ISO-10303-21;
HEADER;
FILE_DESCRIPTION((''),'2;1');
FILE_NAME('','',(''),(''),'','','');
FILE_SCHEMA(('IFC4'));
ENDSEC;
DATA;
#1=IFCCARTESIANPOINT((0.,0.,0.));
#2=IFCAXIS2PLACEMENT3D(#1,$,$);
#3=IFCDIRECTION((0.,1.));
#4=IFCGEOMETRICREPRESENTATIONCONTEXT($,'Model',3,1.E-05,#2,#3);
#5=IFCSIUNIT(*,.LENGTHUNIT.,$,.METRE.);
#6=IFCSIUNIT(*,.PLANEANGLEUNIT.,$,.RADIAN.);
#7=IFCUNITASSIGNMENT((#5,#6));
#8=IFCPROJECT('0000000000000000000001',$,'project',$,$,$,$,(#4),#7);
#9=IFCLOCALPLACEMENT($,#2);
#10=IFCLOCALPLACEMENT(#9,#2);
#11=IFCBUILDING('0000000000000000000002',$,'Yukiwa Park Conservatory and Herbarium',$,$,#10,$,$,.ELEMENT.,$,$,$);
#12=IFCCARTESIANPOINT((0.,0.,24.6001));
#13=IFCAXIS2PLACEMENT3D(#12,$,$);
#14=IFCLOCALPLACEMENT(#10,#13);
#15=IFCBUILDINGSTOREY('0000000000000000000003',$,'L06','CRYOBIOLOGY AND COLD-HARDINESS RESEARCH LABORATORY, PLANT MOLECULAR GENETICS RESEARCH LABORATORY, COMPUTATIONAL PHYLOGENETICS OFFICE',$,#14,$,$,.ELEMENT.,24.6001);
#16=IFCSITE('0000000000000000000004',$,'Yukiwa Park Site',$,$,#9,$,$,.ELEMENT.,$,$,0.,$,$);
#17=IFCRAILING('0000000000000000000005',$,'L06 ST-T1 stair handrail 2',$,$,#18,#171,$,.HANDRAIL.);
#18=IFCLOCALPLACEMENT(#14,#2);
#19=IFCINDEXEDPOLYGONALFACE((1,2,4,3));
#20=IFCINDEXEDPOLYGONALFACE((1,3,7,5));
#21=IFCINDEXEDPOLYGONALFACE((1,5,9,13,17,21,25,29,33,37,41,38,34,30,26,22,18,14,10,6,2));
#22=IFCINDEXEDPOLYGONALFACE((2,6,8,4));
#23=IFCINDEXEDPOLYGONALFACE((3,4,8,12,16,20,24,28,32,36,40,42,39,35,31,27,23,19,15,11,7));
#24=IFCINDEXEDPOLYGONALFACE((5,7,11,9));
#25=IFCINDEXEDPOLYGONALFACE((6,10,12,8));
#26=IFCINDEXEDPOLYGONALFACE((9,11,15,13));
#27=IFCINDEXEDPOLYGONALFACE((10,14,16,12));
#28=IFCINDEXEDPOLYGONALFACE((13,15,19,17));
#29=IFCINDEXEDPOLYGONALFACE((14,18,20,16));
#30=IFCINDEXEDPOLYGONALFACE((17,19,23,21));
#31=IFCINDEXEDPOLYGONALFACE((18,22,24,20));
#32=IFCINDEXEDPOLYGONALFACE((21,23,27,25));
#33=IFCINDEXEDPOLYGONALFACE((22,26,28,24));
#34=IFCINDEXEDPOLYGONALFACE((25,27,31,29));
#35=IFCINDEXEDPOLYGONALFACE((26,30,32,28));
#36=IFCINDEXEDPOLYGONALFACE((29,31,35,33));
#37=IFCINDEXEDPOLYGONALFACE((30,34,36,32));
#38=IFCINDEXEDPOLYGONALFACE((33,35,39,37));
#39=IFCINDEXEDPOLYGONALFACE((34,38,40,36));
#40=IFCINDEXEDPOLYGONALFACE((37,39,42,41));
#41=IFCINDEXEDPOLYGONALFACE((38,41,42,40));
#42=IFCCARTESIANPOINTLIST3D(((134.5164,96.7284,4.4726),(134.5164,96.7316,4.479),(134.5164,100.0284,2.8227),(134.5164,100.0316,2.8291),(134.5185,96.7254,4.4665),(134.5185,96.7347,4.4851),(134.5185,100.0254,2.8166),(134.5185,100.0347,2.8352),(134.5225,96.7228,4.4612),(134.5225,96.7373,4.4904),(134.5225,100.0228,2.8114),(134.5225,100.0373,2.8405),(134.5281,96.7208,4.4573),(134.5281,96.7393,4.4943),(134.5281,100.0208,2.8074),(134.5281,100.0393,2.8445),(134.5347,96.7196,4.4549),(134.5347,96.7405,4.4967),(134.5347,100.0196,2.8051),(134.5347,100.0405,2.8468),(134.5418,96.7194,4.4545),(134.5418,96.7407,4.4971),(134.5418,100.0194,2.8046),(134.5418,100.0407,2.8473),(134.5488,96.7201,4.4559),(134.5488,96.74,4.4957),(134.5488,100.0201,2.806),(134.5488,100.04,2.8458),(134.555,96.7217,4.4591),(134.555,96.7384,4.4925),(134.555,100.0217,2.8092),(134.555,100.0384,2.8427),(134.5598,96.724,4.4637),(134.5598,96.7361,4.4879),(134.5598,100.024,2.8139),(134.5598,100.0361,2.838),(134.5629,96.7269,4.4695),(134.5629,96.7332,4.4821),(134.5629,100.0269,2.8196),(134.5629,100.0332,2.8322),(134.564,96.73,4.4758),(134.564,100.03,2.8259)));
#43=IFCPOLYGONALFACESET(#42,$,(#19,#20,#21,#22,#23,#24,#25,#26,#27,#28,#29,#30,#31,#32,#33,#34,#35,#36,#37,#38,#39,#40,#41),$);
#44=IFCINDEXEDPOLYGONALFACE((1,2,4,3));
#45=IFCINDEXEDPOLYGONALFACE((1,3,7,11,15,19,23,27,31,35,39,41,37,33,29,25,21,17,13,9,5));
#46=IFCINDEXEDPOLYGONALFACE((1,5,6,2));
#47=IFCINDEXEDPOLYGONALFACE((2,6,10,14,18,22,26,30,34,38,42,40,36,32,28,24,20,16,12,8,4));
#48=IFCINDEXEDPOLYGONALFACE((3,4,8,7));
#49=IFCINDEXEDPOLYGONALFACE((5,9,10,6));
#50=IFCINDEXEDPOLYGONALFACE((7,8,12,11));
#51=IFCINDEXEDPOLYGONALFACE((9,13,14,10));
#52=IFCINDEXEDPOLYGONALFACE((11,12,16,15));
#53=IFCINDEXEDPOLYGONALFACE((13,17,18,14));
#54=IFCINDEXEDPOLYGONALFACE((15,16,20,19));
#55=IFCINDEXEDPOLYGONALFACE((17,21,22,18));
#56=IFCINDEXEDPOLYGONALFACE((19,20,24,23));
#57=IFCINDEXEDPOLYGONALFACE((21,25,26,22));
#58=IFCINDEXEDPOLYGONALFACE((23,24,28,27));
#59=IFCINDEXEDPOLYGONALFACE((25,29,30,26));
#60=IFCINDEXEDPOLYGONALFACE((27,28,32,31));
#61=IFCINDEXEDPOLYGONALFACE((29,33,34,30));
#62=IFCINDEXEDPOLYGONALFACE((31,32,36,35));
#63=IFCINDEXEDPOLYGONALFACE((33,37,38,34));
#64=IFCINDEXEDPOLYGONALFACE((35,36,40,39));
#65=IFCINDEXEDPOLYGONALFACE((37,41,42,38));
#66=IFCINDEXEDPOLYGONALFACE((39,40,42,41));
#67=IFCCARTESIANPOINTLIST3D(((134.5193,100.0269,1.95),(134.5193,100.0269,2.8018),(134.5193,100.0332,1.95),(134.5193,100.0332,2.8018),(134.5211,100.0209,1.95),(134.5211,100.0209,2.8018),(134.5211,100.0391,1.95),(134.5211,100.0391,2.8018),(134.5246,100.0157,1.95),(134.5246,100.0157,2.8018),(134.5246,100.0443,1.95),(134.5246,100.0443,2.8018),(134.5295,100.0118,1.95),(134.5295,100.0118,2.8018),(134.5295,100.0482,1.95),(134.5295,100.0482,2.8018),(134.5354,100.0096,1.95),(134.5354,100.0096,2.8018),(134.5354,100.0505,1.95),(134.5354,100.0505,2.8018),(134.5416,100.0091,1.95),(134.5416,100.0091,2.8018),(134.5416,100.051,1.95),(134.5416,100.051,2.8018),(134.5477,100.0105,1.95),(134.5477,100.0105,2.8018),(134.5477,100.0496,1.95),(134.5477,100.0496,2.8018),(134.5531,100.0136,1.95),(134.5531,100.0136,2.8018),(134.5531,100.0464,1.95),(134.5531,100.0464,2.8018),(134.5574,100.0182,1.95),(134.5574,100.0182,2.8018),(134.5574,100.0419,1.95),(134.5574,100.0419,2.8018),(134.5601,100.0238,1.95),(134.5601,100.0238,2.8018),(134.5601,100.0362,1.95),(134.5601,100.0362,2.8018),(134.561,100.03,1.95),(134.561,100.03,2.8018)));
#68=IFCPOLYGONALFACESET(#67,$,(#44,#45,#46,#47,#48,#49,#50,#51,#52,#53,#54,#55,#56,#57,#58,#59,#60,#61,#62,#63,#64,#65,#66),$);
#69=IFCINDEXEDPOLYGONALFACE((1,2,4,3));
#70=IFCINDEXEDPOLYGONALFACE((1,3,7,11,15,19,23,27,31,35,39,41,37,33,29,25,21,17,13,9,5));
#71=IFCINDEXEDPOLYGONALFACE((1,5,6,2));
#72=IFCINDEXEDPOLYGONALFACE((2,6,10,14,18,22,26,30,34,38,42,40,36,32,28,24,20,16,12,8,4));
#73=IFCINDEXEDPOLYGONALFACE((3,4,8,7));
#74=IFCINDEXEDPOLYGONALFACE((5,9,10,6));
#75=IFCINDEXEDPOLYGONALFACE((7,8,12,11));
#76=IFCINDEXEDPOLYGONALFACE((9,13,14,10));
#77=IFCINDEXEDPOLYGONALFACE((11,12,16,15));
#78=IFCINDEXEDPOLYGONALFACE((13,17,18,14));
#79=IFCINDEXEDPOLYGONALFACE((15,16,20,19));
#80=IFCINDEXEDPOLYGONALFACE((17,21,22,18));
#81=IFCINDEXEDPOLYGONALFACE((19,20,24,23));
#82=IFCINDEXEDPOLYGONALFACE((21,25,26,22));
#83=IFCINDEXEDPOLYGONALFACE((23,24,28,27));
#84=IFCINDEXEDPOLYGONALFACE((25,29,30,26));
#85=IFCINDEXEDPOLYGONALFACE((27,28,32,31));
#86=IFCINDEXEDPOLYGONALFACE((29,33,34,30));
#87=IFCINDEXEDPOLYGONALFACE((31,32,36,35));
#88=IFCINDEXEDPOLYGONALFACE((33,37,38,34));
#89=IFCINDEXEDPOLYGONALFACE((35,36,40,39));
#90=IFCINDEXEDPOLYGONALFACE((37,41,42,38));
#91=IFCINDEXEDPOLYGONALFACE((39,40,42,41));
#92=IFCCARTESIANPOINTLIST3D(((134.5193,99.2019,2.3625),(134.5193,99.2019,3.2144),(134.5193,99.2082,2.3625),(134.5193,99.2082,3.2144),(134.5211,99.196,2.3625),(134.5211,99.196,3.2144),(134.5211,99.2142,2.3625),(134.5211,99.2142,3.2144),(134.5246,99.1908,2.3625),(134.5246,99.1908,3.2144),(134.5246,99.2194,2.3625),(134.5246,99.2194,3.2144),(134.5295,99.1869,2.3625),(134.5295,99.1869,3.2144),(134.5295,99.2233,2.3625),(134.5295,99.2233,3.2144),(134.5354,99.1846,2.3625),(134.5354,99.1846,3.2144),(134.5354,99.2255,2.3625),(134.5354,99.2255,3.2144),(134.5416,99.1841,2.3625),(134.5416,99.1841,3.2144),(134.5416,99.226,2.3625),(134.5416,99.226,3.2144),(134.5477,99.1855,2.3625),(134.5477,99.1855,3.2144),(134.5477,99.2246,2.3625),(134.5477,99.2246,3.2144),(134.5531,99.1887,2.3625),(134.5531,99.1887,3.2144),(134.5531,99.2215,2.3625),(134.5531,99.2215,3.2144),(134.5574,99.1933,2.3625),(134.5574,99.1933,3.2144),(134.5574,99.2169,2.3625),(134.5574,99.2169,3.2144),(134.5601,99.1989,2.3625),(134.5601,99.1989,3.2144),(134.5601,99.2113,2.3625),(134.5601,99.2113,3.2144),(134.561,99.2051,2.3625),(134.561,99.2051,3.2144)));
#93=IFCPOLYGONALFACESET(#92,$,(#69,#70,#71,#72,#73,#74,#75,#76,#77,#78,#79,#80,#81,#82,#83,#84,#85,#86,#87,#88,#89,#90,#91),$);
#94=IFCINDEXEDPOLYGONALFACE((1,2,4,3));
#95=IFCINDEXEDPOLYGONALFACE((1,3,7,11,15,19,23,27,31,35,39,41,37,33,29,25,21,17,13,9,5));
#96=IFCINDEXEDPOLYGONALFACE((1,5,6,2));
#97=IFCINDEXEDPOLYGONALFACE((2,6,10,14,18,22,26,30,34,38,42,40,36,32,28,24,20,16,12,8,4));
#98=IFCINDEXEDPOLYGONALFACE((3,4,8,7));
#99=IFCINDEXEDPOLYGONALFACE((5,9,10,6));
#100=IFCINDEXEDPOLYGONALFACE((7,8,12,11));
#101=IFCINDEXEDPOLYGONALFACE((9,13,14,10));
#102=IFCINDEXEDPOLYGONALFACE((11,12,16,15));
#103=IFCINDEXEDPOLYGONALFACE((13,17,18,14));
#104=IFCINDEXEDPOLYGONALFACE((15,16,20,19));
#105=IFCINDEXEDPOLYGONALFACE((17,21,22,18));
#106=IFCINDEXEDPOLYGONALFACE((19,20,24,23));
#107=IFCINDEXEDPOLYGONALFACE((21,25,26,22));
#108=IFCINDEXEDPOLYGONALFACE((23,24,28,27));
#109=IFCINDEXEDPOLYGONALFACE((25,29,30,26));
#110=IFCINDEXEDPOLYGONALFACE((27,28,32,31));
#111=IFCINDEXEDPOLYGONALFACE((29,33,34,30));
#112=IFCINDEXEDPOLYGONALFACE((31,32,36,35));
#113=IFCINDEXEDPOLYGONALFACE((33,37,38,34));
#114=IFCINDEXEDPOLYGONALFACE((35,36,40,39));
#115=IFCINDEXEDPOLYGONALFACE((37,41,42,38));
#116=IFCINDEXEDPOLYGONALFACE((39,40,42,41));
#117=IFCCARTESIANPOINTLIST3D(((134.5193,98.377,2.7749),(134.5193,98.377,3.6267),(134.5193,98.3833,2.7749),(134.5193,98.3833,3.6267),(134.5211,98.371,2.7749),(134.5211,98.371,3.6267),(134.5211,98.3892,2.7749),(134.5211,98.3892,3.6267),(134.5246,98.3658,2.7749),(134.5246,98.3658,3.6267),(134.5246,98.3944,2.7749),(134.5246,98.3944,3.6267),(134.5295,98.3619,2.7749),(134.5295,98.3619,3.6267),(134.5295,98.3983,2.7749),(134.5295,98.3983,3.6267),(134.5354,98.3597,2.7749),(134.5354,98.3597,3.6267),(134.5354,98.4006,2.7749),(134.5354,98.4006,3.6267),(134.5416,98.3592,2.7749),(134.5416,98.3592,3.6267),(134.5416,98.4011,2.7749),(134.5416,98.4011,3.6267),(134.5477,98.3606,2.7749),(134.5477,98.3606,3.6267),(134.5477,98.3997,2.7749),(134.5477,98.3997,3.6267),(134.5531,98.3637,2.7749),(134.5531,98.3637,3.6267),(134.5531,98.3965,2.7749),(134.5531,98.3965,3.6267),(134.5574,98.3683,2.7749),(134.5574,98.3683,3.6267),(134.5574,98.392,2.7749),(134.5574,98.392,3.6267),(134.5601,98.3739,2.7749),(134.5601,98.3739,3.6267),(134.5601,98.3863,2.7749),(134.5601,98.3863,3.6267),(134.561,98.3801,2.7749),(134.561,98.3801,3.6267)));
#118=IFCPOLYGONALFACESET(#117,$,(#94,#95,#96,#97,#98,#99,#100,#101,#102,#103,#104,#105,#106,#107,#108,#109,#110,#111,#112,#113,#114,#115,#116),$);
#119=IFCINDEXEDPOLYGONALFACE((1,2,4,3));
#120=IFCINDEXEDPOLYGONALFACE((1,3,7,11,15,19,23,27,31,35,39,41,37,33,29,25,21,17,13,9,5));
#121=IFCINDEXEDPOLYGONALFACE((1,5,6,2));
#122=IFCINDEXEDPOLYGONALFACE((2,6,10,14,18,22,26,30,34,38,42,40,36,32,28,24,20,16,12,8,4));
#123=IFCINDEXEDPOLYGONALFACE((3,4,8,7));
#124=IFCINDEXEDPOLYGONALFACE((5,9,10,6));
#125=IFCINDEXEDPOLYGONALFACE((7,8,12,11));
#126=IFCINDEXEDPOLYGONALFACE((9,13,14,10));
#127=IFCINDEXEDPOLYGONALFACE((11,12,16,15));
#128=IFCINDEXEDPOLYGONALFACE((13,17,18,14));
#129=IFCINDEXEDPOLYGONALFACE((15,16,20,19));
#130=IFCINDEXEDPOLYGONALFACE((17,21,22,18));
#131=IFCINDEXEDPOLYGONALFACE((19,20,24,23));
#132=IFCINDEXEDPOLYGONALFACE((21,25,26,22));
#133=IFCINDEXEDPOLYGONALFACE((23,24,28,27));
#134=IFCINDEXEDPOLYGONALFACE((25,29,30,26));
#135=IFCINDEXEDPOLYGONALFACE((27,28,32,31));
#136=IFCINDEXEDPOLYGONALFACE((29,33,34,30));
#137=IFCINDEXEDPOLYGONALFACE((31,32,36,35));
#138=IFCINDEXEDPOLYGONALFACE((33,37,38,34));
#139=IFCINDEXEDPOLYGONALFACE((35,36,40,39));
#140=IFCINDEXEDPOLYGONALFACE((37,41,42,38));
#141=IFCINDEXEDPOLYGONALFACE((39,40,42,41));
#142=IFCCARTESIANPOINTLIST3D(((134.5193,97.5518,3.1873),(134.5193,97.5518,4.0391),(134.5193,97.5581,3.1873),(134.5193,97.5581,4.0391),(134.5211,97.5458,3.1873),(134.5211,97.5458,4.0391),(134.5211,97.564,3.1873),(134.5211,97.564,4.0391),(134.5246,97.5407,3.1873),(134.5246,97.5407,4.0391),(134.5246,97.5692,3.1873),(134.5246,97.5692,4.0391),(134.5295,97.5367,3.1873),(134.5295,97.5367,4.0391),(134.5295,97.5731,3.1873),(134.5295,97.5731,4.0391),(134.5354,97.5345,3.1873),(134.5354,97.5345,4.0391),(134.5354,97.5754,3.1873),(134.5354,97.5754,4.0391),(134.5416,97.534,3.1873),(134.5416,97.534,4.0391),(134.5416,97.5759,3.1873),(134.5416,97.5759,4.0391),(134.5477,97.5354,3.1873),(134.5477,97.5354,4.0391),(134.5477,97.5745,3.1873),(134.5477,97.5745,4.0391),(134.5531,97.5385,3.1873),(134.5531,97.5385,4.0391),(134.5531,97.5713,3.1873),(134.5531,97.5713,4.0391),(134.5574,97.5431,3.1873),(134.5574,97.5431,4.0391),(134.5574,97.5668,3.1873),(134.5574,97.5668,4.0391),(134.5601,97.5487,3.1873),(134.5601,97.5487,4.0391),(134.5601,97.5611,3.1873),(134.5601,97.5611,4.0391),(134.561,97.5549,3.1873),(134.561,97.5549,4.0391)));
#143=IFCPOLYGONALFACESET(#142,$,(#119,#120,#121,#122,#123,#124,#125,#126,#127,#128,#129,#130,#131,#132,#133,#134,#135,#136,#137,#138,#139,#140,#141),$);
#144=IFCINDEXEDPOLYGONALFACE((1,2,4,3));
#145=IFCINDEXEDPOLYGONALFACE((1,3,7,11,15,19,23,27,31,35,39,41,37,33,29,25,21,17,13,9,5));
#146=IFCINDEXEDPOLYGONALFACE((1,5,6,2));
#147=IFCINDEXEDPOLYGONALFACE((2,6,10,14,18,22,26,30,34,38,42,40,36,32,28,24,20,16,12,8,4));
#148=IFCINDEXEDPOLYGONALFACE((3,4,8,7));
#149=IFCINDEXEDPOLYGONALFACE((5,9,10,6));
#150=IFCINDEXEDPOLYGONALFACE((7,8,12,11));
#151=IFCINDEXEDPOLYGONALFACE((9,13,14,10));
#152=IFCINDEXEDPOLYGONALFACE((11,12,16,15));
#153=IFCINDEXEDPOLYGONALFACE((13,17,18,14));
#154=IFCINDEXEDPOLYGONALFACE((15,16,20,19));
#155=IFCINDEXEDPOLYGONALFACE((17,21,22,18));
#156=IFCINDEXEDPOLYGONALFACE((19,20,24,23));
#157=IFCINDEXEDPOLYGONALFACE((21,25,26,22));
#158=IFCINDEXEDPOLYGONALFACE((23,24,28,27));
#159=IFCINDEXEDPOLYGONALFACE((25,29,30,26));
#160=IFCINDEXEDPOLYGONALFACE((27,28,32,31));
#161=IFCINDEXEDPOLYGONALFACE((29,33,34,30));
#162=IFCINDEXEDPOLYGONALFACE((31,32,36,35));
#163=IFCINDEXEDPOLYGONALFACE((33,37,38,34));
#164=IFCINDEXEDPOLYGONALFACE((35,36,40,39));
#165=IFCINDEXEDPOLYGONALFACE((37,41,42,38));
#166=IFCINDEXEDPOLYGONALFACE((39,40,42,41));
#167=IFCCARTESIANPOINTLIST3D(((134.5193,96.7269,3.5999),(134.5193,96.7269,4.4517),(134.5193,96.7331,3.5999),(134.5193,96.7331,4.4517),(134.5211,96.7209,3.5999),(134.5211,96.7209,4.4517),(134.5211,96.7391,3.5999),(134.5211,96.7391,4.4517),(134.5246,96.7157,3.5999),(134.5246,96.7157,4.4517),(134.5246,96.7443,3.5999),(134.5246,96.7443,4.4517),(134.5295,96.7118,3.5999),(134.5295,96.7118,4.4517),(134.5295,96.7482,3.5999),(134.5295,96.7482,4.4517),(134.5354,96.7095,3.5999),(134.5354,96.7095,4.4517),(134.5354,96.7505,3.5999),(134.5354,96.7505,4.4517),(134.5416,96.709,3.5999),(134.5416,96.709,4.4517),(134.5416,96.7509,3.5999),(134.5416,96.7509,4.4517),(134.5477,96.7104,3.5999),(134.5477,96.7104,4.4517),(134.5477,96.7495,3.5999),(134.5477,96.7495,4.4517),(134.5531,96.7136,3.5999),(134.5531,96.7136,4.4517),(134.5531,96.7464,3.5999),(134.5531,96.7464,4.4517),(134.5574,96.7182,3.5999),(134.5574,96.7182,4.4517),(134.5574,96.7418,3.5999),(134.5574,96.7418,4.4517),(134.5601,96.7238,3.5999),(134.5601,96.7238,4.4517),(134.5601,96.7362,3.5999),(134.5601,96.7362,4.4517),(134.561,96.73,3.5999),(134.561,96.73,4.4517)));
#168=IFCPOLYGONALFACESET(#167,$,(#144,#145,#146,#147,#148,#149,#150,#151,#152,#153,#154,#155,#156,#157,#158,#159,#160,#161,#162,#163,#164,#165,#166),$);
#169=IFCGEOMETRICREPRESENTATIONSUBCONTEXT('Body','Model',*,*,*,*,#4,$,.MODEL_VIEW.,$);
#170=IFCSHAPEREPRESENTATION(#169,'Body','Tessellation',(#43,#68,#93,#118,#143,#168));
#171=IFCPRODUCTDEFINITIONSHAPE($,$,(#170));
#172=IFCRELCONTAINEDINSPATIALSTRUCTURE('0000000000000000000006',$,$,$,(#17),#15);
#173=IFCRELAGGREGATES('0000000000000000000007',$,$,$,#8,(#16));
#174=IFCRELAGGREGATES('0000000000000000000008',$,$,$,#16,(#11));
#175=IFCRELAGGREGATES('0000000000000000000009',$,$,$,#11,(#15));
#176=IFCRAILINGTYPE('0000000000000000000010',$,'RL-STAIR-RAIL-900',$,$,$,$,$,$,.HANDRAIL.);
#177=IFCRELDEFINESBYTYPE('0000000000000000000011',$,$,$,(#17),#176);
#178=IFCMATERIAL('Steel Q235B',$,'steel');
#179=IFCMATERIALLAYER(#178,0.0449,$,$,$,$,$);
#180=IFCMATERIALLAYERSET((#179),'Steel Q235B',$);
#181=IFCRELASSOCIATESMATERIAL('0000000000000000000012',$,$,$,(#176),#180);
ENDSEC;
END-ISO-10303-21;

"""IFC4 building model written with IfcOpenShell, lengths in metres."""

from ifc_helpers import new_model, si_unit, direction, frame, origin, origin_2d, place, context, subcontext, project, spatial, circle, extrude, material, layer, layer_set, type_object, element, save


model = new_model("IFC4")

# Units and contexts
model_context = context("Model", 3, precision=1e-05, world=origin(), true_north=direction((0.0, 1.0)))
body_context = subcontext(model_context, "Body", "Model", "MODEL_VIEW")
ifc_project = project(units=[si_unit("LENGTHUNIT", "METRE"), si_unit("PLANEANGLEUNIT", "RADIAN")], contexts=[model_context])

# Site, building, storey
site_placement = place(None, origin())
site = spatial("IfcSite", under=ifc_project, at=site_placement, Name="Yukiwa Park Site", CompositionType="ELEMENT", RefElevation=0.0)
building_placement = place(site_placement, origin())
building = spatial("IfcBuilding", under=site, at=building_placement, Name="Yukiwa Park Conservatory and Herbarium", CompositionType="ELEMENT")
storey_placement = place(building_placement, frame((0.0, 0.0, 24.6001)))
storey = spatial("IfcBuildingStorey", under=building, at=storey_placement, Name="L06", Description="CRYOBIOLOGY AND COLD-HARDINESS RESEARCH LABORATORY, PLANT MOLECULAR GENETICS RESEARCH LABORATORY, COMPUTATIONAL PHYLOGENETICS OFFICE", CompositionType="ELEMENT", Elevation=24.6001)

# Railing
ifc_material_1 = material(Name="Steel Q235B", Category="steel")
ifc_layer_1 = layer(ifc_material_1, 0.0449)
ifc_layer_set_1 = layer_set([ifc_layer_1], Name="Steel Q235B")
railing_type_1 = type_object("IfcRailingType", Name="RL-STAIR-RAIL-900", PredefinedType="HANDRAIL", material=ifc_layer_set_1)
railing_1_placement = place(storey_placement, frame((134.54, 100.03, 1.95)))
element("IfcRailing", 1, at=railing_1_placement, inside=storey, type_object=railing_type_1, Name="L06 ST-T1 stair handrail 2", PredefinedType="HANDRAIL", context=body_context, shape_type="SweptSolid", body=[
    extrude(circle(Radius=0.0239, at=origin_2d()), frame((0.0, 0.0, 0.876), z_axis=(0.0, -0.89444, 0.447187), x_axis=(1.0, 0.0, 0.0)), (0.0, 0.0, 1.0), 3.6895),
    extrude(circle(Radius=0.021, at=origin_2d()), origin(), (0.0, 0.0, 1.0), 0.8518),
    extrude(circle(Radius=0.021, at=origin_2d()), frame((0.0, -0.825, 0.4126)), (0.0, 0.0, 1.0), 0.8518),
    extrude(circle(Radius=0.021, at=origin_2d()), frame((0.0, -1.6499, 0.825)), (0.0, 0.0, 1.0), 0.8518),
    extrude(circle(Radius=0.021, at=origin_2d()), frame((0.0, -2.4751, 1.2373)), (0.0, 0.0, 1.0), 0.8518),
    extrude(circle(Radius=0.021, at=origin_2d()), frame((0.0, -3.3, 1.6499)), (0.0, 0.0, 1.0), 0.8518),
])

save(model, "model.ifc")
